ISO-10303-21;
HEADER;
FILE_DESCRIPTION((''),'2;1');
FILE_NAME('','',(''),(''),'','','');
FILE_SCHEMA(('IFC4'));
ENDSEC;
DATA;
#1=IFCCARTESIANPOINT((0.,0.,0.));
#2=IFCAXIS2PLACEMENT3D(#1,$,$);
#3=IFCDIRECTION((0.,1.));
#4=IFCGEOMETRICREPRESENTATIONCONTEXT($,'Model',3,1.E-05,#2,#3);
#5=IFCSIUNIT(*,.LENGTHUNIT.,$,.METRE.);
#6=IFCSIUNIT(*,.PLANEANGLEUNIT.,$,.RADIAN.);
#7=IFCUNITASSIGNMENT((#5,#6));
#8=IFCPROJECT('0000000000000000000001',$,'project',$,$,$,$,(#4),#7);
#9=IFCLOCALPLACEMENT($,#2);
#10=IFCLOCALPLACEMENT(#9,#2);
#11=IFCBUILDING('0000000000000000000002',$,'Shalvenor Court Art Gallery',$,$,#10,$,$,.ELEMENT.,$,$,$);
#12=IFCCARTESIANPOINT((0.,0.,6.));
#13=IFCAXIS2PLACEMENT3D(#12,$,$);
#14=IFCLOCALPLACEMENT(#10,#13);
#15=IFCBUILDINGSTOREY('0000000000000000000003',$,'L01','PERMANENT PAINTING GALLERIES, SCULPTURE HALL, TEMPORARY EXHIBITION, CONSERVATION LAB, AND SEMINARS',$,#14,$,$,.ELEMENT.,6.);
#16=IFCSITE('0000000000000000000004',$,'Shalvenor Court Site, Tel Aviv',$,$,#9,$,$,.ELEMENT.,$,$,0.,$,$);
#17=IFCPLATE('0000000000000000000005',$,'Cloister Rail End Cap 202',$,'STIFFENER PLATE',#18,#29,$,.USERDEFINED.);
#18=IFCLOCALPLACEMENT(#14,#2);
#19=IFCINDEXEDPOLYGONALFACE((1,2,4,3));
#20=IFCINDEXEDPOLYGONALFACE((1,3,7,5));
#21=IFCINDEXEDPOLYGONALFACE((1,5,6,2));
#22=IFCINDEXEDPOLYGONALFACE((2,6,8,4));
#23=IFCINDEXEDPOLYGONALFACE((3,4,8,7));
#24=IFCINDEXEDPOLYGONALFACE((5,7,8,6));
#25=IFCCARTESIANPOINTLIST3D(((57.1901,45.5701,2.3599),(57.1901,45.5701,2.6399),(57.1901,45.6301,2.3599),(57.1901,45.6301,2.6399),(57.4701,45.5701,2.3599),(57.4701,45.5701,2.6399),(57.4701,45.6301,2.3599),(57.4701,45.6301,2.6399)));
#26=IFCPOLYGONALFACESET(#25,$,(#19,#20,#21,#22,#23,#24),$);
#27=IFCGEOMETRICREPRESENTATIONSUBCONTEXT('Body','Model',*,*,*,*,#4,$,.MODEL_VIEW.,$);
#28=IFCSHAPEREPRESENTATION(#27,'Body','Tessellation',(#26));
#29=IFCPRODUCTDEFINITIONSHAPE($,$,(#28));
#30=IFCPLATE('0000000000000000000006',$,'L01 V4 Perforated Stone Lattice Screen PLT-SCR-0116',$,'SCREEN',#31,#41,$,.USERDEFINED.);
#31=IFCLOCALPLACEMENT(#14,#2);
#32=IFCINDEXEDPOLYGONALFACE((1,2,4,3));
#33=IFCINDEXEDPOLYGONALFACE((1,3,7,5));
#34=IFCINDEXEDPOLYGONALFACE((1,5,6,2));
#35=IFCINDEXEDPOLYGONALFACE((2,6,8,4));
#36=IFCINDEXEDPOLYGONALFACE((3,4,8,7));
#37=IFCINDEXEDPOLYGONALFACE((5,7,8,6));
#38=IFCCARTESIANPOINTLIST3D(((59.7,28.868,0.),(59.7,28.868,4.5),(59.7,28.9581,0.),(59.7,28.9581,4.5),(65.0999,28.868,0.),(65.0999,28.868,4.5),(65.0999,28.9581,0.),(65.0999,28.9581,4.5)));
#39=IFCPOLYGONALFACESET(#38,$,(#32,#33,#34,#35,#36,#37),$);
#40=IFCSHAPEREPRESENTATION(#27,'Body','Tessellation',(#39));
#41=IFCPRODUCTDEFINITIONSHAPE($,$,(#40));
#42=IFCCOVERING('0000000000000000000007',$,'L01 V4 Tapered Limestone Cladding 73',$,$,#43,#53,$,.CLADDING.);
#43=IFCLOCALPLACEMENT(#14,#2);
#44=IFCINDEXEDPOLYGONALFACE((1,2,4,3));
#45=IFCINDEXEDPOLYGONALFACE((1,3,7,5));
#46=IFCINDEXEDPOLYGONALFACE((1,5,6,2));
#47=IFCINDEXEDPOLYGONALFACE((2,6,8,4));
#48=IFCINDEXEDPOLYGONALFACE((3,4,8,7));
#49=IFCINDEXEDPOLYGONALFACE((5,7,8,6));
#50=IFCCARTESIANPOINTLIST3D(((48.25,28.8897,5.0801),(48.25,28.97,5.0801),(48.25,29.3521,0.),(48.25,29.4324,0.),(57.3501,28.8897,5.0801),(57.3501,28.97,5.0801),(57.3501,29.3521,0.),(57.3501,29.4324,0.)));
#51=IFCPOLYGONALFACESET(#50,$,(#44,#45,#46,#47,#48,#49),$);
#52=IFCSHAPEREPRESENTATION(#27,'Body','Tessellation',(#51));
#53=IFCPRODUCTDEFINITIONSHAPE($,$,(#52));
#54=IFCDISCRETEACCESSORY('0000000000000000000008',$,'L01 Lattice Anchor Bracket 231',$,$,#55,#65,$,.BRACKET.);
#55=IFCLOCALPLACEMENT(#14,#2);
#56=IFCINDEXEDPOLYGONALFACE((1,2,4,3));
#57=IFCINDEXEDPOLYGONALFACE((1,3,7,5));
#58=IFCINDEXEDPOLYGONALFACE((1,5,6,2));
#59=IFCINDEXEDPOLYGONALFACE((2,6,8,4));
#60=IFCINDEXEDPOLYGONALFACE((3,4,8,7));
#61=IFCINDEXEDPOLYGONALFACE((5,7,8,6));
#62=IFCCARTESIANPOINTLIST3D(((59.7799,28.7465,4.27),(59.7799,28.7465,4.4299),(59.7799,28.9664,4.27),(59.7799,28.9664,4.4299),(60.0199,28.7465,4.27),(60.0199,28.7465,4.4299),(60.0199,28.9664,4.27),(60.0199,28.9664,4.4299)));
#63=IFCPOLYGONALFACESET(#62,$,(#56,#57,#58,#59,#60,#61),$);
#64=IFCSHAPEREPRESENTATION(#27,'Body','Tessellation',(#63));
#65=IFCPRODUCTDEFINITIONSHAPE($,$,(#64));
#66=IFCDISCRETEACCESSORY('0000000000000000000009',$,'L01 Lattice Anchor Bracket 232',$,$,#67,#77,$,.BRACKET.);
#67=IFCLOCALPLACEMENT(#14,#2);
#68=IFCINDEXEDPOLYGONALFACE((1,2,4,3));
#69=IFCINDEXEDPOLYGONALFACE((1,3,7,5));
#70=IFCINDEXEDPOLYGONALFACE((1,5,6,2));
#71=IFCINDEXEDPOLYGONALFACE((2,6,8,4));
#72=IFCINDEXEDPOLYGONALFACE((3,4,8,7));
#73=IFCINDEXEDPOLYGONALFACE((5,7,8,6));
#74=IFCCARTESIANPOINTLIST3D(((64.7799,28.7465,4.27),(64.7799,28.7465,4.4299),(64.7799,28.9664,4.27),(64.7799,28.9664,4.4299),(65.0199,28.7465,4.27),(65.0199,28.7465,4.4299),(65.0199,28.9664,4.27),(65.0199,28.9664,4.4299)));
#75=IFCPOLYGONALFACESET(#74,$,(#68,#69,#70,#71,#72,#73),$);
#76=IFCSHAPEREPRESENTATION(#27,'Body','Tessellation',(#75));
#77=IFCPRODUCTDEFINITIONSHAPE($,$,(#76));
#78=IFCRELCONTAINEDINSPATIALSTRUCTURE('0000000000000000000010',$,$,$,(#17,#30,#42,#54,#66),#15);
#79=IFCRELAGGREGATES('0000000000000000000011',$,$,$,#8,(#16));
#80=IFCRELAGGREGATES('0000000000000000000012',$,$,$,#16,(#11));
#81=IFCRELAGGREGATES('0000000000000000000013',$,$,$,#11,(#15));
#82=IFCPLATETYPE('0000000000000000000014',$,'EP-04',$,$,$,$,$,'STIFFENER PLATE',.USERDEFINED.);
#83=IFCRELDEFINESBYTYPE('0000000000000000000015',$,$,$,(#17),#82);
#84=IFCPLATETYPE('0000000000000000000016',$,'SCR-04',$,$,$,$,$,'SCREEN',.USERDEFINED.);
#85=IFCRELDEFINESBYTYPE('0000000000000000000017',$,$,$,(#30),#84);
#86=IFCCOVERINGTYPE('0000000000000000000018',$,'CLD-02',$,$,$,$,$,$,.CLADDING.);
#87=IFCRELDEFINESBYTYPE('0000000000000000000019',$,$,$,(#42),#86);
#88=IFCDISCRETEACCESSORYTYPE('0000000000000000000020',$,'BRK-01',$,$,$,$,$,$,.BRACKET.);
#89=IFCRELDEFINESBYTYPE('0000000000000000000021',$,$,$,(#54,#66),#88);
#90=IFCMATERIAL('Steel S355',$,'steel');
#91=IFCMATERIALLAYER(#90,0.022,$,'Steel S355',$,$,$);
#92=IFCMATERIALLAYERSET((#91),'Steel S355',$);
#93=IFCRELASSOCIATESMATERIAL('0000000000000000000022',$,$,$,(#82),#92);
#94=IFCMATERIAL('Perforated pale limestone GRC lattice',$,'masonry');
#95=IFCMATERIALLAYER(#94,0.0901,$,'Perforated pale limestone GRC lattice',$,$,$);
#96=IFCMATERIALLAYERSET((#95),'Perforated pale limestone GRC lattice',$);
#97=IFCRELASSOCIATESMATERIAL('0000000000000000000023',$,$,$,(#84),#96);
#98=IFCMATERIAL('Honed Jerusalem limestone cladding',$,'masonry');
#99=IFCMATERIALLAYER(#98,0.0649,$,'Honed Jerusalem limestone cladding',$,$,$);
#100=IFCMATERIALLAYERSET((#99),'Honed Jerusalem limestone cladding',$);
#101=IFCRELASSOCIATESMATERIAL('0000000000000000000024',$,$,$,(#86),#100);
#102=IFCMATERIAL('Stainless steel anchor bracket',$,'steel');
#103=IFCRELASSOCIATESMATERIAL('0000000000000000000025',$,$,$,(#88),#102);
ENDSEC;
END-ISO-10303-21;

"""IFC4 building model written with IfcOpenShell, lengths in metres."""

from ifc_helpers import new_model, si_unit, direction, frame, origin, origin_2d, place, context, subcontext, project, spatial, polyline, rectangle, outline, extrude, material, layer, layer_set, type_object, element, save


model = new_model("IFC4")

# Units and contexts
model_context = context("Model", 3, precision=1e-05, world=origin(), true_north=direction((0.0, 1.0)))
body_context = subcontext(model_context, "Body", "Model", "MODEL_VIEW")
ifc_project = project(units=[si_unit("LENGTHUNIT", "METRE"), si_unit("PLANEANGLEUNIT", "RADIAN")], contexts=[model_context])

# Site, building, storey
site_placement = place(None, origin())
site = spatial("IfcSite", under=ifc_project, at=site_placement, Name="Shalvenor Court Site, Tel Aviv", CompositionType="ELEMENT", RefElevation=0.0)
building_placement = place(site_placement, origin())
building = spatial("IfcBuilding", under=site, at=building_placement, Name="Shalvenor Court Art Gallery", CompositionType="ELEMENT")
storey_placement = place(building_placement, frame((0.0, 0.0, 6.0)))
storey = spatial("IfcBuildingStorey", under=building, at=storey_placement, Name="L01", Description="PERMANENT PAINTING GALLERIES, SCULPTURE HALL, TEMPORARY EXHIBITION, CONSERVATION LAB, AND SEMINARS", CompositionType="ELEMENT", Elevation=6.0)

# Plates
ifc_material_1 = material(Name="Steel S355", Category="steel")
ifc_layer_1 = layer(ifc_material_1, 0.022, Name="Steel S355")
ifc_layer_set_1 = layer_set([ifc_layer_1], Name="Steel S355")
plate_type_1 = type_object("IfcPlateType", Name="EP-04", ElementType="STIFFENER PLATE", PredefinedType="USERDEFINED", material=ifc_layer_set_1)
for number, where, z_axis, x_axis, name in (
    (1, (57.3301, 45.6001, 2.3599), (0.0, 0.0, 1.0), (1.0, 0.0, 0.0), "Cloister Rail End Cap 202"),
):
    element("IfcPlate", number, at=place(storey_placement, frame(where, z_axis=z_axis, x_axis=x_axis)), inside=storey, type_object=plate_type_1, Name=name, ObjectType="STIFFENER PLATE", PredefinedType="USERDEFINED", context=body_context, shape_type="SweptSolid", body=[
        extrude(rectangle(XDim=0.28, YDim=0.0601, at=origin_2d()), origin(), (0.0, 0.0, 1.0), 0.28),
    ])
ifc_material_2 = material(Name="Perforated pale limestone GRC lattice", Category="masonry")
ifc_layer_2 = layer(ifc_material_2, 0.0901, Name="Perforated pale limestone GRC lattice")
ifc_layer_set_2 = layer_set([ifc_layer_2], Name="Perforated pale limestone GRC lattice")
plate_type_2 = type_object("IfcPlateType", Name="SCR-04", ElementType="SCREEN", PredefinedType="USERDEFINED", material=ifc_layer_set_2)
plate_1_placement = place(storey_placement, frame((62.3999, 28.9131, 0.0), z_axis=(0.0, 0.0, 1.0), x_axis=(1.0, 0.0, 0.0)))
element("IfcPlate", 2, at=plate_1_placement, inside=storey, type_object=plate_type_2, Name="L01 V4 Perforated Stone Lattice Screen PLT-SCR-0116", ObjectType="SCREEN", PredefinedType="USERDEFINED", context=body_context, shape_type="SweptSolid", body=[
    extrude(rectangle(XDim=5.3999, YDim=0.0901, at=origin_2d()), origin(), (0.0, 0.0, 1.0), 4.5),
])

# Covering
ifc_material_3 = material(Name="Honed Jerusalem limestone cladding", Category="masonry")
ifc_layer_3 = layer(ifc_material_3, 0.0649, Name="Honed Jerusalem limestone cladding")
ifc_layer_set_3 = layer_set([ifc_layer_3], Name="Honed Jerusalem limestone cladding")
covering_type = type_object("IfcCoveringType", Name="CLD-02", PredefinedType="CLADDING", material=ifc_layer_set_3)
covering_placement = place(storey_placement, frame((57.3501, 29.4324, 0.0), z_axis=(0.0, 0.0, 1.0), x_axis=(-1.0, 0.0, 0.0)))
element("IfcCovering", 3, at=covering_placement, inside=storey, type_object=covering_type, Name="L01 V4 Tapered Limestone Cladding 73", PredefinedType="CLADDING", context=body_context, shape_type="SweptSolid", body=[
    extrude(outline(polyline([(0.0, 0.0), (9.1001, 0.0), (9.1001, 5.1011), (0.0, 5.1011), (0.0, 0.0)])), frame((0.0, 0.0, 0.0), z_axis=(0.0, -0.995884, 0.090633), x_axis=(1.0, 0.0, 0.0)), (0.0, 0.090633, -0.995884), 0.0803),
])

# Discrete accessories
ifc_material_4 = material(Name="Stainless steel anchor bracket", Category="steel")
discrete_accessory_type = type_object("IfcDiscreteAccessoryType", Name="BRK-01", PredefinedType="BRACKET", material=ifc_material_4)
for number, where, z_axis, x_axis, name in (
    (4, (59.8999, 28.8564, 4.27), (0.0, 0.0, 1.0), (1.0, 0.0, 0.0), "L01 Lattice Anchor Bracket 231"),
    (5, (64.8999, 28.8564, 4.27), (0.0, 0.0, 1.0), (1.0, 0.0, 0.0), "L01 Lattice Anchor Bracket 232"),
):
    element("IfcDiscreteAccessory", number, at=place(storey_placement, frame(where, z_axis=z_axis, x_axis=x_axis)), inside=storey, type_object=discrete_accessory_type, Name=name, PredefinedType="BRACKET", context=body_context, shape_type="SweptSolid", body=[
        extrude(rectangle(XDim=0.24, YDim=0.22, at=origin_2d()), origin(), (0.0, 0.0, 1.0), 0.1599),
    ])

save(model, "model.ifc")
